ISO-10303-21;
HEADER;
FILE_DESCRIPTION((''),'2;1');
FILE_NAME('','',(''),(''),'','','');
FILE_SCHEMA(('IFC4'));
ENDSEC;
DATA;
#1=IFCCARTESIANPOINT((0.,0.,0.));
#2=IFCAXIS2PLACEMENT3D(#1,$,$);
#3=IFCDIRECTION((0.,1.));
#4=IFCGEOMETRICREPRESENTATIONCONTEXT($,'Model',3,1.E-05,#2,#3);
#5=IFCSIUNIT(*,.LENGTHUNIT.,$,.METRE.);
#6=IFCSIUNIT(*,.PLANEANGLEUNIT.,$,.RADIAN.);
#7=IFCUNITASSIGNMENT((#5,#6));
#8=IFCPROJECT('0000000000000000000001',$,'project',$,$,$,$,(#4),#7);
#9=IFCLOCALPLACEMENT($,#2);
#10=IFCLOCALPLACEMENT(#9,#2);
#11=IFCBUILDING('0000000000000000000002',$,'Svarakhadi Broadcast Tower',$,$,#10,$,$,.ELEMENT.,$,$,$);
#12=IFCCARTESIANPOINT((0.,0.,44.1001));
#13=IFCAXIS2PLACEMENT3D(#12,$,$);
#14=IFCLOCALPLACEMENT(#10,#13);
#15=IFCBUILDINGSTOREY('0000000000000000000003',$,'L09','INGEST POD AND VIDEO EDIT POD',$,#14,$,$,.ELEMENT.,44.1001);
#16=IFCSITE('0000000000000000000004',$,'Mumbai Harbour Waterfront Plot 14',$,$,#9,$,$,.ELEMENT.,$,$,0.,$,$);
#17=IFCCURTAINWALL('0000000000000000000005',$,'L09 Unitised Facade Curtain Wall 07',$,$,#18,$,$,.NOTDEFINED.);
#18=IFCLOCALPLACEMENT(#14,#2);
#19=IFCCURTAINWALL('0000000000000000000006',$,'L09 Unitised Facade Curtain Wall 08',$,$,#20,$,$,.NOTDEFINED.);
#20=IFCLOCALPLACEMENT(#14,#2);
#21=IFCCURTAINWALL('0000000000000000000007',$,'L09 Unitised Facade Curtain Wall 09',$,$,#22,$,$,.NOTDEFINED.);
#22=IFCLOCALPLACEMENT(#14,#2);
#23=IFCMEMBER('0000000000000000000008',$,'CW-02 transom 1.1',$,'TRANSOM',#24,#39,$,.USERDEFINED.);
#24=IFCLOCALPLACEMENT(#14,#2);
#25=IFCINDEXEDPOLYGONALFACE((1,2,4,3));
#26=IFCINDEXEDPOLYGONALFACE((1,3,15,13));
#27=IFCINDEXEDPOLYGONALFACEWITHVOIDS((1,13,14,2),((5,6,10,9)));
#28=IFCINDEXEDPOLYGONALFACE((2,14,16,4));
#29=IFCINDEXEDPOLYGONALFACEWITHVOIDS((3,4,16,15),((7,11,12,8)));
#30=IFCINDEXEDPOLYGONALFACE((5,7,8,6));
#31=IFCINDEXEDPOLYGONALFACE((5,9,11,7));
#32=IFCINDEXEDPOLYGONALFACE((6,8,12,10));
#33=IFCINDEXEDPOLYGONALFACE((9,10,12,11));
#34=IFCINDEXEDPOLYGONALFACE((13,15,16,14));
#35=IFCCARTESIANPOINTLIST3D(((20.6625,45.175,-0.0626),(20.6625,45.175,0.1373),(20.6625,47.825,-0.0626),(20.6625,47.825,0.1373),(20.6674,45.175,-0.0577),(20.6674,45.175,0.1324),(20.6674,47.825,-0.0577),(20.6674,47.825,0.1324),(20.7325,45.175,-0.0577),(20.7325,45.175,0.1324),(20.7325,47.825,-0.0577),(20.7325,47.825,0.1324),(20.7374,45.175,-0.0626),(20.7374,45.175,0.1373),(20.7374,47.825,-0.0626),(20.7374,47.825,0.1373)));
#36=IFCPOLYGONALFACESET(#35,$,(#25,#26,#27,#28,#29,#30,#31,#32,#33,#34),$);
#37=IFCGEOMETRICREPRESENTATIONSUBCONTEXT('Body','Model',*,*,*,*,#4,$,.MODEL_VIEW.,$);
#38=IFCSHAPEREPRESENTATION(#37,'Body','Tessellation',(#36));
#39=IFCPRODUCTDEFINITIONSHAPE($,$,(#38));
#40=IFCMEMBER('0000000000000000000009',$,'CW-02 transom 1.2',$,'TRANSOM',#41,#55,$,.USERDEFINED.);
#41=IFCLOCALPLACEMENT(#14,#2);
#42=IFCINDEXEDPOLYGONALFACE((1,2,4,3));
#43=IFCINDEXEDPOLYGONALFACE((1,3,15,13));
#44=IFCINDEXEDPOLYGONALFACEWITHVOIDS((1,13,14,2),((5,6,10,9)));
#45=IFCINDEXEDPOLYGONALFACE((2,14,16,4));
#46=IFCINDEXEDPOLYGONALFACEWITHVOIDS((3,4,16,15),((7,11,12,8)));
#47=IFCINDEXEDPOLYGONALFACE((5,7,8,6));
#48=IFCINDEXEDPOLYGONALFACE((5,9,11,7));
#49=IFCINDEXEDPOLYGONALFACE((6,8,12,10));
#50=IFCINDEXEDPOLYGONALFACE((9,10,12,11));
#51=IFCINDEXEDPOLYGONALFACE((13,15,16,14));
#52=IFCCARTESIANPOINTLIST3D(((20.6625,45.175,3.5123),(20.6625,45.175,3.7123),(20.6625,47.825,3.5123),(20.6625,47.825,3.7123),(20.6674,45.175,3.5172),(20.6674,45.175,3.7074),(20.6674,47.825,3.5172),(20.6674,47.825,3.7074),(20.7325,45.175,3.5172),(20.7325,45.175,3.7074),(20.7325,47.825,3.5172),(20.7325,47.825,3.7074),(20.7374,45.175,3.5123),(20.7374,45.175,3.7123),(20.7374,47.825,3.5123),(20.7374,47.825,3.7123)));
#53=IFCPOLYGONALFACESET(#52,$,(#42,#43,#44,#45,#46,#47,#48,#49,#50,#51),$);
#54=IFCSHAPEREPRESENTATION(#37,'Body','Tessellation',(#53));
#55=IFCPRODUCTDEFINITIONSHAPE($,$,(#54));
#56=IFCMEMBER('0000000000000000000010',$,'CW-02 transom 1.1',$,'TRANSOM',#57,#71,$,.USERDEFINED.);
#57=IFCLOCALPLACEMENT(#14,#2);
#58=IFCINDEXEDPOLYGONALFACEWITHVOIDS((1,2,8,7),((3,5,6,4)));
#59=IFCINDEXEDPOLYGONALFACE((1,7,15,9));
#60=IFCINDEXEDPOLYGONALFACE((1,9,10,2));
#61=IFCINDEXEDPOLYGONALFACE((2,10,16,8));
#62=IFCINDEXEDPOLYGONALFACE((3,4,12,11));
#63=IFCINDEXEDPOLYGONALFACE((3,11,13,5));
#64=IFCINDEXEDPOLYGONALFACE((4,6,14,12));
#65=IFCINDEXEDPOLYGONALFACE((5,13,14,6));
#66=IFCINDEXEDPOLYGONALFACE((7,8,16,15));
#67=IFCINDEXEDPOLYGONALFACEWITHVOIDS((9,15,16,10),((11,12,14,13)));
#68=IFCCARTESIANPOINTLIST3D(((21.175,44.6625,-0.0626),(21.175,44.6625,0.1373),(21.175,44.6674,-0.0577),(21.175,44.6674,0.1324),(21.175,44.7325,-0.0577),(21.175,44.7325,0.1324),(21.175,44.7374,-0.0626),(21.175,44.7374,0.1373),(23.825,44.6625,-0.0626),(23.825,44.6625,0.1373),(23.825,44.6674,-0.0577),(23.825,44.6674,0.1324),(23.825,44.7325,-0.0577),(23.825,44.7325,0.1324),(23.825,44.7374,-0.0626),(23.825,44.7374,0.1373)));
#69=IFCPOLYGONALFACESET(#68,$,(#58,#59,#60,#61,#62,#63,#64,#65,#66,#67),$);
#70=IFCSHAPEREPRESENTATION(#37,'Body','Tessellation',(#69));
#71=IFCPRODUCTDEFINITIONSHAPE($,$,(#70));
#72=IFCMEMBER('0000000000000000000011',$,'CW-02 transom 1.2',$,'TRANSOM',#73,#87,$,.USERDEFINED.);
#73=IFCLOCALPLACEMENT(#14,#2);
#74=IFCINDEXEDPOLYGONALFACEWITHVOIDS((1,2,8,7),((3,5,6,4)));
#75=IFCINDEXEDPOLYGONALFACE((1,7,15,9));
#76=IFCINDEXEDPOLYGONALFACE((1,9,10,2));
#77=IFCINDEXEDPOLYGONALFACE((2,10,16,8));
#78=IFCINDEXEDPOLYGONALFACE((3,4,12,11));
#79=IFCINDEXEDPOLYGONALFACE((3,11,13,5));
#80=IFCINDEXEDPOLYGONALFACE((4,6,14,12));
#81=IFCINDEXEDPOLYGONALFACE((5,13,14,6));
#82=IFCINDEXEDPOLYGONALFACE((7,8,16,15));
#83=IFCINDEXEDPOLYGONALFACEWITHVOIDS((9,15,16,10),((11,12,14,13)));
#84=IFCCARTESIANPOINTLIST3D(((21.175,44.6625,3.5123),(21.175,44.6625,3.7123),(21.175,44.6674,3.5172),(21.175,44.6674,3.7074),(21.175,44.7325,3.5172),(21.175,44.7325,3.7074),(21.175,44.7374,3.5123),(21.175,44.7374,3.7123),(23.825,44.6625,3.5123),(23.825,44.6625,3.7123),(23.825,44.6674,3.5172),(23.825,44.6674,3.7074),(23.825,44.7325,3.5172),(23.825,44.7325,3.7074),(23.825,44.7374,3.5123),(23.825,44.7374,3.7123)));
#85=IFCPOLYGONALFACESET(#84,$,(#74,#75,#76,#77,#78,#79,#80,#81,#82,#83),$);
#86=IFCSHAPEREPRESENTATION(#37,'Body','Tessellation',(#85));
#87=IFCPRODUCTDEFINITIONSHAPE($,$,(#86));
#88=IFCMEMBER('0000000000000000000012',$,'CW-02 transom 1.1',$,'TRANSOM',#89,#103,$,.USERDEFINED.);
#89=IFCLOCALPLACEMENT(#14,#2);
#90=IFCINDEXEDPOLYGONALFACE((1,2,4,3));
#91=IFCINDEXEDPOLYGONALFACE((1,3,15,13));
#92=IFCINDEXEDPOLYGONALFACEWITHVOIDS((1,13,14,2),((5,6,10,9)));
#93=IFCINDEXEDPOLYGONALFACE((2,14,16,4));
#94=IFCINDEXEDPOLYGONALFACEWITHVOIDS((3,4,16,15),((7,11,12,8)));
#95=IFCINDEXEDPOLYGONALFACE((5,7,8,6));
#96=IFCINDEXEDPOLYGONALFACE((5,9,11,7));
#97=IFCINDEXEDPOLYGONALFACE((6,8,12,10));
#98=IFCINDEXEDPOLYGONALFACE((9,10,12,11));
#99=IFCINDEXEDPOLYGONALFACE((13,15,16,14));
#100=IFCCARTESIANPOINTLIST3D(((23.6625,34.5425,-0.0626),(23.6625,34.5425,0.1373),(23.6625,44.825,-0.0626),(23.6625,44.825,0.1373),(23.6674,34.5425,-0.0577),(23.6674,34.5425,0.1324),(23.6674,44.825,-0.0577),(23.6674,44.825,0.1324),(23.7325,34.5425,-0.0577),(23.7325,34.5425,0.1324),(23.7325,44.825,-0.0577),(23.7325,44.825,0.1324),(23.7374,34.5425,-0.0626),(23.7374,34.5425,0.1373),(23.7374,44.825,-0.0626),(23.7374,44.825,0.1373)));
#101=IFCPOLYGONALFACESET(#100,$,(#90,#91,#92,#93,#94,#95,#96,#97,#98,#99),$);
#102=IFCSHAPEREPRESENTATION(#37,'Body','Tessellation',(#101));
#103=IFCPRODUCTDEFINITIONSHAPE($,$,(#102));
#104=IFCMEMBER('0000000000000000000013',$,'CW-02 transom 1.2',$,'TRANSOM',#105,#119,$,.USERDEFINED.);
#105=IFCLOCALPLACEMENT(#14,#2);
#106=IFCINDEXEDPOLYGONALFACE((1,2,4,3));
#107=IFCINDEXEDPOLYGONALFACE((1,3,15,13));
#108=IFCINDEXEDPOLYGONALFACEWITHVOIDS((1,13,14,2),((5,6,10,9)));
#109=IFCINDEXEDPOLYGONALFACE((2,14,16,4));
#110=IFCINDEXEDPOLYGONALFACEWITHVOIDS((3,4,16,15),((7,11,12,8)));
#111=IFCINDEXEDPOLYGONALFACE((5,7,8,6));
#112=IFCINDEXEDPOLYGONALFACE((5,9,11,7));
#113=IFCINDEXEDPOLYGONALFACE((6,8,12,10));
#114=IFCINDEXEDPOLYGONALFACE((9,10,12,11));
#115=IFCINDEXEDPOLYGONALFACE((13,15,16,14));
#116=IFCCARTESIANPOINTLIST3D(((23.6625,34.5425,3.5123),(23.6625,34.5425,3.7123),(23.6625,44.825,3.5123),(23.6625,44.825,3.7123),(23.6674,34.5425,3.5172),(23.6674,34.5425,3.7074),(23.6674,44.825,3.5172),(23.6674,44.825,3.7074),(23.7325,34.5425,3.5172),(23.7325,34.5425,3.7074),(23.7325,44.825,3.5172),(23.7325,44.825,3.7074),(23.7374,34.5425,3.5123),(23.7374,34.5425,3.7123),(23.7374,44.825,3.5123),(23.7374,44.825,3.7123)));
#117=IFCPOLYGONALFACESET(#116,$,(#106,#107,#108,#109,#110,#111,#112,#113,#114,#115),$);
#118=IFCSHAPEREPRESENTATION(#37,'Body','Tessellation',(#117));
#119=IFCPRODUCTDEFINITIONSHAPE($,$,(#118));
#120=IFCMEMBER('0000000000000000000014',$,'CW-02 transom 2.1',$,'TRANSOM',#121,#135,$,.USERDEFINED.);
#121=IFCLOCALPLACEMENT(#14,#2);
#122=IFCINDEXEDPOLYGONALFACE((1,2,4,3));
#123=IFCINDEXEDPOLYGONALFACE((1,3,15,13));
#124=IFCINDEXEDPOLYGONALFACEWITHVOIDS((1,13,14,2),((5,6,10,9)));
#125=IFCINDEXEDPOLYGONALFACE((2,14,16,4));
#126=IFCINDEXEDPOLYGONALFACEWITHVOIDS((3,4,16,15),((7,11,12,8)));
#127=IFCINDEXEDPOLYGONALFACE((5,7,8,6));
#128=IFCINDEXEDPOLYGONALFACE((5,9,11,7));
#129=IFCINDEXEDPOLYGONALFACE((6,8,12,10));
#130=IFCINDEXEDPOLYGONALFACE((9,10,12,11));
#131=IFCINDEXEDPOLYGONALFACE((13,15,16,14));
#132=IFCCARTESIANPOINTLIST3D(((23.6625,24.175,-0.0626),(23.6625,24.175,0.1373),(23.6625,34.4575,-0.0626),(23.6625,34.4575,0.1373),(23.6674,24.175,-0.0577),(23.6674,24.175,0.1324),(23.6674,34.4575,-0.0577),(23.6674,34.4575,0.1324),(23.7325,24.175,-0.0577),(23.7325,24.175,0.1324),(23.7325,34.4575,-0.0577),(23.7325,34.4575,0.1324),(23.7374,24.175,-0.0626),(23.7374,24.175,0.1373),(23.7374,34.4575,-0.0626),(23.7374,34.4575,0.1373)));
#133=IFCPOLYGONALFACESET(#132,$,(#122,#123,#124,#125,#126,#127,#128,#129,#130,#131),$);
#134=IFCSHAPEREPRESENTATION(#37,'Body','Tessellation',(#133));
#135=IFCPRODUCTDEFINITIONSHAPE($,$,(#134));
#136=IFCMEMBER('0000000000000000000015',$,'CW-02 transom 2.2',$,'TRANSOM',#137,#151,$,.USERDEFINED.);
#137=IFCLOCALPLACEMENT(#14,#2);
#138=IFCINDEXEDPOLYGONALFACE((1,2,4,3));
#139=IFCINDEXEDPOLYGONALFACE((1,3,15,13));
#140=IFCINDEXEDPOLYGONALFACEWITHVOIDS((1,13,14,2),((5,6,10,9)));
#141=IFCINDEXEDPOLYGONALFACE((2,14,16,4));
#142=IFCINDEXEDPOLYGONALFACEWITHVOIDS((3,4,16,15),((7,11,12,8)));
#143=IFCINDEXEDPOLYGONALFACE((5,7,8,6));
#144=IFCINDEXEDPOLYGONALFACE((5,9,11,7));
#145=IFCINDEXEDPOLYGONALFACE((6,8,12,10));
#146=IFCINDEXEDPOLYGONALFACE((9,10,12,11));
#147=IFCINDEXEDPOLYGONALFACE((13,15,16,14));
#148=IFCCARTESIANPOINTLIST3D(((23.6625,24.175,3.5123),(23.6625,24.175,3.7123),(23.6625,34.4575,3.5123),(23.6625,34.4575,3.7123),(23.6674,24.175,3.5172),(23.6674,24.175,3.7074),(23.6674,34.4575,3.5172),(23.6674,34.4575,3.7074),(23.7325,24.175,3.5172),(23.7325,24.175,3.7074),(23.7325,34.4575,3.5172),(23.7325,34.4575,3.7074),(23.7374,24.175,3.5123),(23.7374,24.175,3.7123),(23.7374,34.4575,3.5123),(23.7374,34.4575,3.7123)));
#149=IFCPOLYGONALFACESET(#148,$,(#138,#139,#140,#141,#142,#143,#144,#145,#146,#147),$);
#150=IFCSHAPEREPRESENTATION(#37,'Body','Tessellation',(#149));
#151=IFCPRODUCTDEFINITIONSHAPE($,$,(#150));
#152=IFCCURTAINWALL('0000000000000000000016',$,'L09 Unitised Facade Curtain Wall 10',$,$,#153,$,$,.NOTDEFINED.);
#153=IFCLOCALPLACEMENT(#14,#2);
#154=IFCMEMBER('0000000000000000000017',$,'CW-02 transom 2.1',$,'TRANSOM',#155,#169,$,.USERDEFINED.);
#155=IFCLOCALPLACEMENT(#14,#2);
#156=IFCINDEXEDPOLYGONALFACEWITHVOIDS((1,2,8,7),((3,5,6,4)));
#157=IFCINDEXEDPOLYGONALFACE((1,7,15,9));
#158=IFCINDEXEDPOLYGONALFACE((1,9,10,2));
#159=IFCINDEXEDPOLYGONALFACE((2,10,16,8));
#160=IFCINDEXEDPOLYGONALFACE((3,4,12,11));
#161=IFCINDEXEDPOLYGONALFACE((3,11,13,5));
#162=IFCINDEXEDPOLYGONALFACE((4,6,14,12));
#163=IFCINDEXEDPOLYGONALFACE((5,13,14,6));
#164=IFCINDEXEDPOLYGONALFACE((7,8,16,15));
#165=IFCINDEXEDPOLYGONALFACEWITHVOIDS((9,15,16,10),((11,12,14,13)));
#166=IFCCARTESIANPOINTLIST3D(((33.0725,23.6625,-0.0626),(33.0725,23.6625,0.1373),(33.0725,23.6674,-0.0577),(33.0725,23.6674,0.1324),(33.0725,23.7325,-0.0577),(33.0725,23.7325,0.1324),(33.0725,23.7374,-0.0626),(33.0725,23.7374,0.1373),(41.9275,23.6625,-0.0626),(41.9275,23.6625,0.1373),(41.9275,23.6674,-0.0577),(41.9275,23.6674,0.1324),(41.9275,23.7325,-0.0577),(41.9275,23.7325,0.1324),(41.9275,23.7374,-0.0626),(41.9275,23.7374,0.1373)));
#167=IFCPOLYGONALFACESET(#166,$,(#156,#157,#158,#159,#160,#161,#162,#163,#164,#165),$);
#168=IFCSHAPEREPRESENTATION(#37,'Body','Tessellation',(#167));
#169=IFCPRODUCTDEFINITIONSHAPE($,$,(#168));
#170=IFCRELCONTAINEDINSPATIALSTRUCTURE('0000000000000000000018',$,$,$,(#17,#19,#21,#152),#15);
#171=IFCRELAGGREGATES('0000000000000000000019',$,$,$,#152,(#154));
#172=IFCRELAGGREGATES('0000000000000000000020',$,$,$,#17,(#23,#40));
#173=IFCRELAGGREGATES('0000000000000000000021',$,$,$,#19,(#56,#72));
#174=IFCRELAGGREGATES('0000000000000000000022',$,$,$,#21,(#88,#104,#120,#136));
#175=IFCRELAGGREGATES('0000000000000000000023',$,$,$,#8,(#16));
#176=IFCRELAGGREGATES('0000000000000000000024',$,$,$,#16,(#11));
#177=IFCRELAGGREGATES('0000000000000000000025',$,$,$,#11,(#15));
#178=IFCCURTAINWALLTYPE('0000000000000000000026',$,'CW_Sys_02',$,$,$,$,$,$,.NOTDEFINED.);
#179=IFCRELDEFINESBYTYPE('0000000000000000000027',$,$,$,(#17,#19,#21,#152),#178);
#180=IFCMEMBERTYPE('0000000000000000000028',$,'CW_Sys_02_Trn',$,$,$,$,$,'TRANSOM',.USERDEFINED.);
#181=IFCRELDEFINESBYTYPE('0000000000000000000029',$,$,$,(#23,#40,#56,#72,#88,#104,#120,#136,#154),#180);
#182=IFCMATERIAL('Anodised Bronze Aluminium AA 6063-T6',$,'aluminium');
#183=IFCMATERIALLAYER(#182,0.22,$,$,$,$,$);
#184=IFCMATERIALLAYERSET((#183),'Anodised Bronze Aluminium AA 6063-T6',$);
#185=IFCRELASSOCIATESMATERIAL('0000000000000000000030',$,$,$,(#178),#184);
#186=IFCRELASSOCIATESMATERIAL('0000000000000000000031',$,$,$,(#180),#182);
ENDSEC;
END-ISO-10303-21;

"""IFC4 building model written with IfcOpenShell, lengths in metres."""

from ifc_helpers import new_model, si_unit, direction, frame, origin, origin_2d, place, context, subcontext, project, spatial, hollow_rectangle, extrude, material, layer, layer_set, material_profile, profile_set, type_object, element, aggregate, save


model = new_model("IFC4")

# Units and contexts
model_context = context("Model", 3, precision=1e-05, world=origin(), true_north=direction((0.0, 1.0)))
body_context = subcontext(model_context, "Body", "Model", "MODEL_VIEW")
ifc_project = project(units=[si_unit("LENGTHUNIT", "METRE"), si_unit("PLANEANGLEUNIT", "RADIAN")], contexts=[model_context])

# Site, building, storey
site_placement = place(None, origin())
site = spatial("IfcSite", under=ifc_project, at=site_placement, Name="Mumbai Harbour Waterfront Plot 14", CompositionType="ELEMENT", RefElevation=0.0)
building_placement = place(site_placement, origin())
building = spatial("IfcBuilding", under=site, at=building_placement, Name="Svarakhadi Broadcast Tower", CompositionType="ELEMENT")
storey_placement = place(building_placement, frame((0.0, 0.0, 44.1001)))
storey = spatial("IfcBuildingStorey", under=building, at=storey_placement, Name="L09", Description="INGEST POD AND VIDEO EDIT POD", CompositionType="ELEMENT", Elevation=44.1001)

# Curtain walls
ifc_material_1 = material(Name="Anodised Bronze Aluminium AA 6063-T6", Category="aluminium")
ifc_layer_1 = layer(ifc_material_1, 0.22)
ifc_layer_set_1 = layer_set([ifc_layer_1], Name="Anodised Bronze Aluminium AA 6063-T6")
curtain_wall_type = type_object("IfcCurtainWallType", Name="CW_Sys_02", PredefinedType="NOTDEFINED", material=ifc_layer_set_1)
curtain_wall_1_placement = place(storey_placement, origin())
curtain_wall_1 = element("IfcCurtainWall", 1, at=curtain_wall_1_placement, inside=storey, type_object=curtain_wall_type, Name="L09 Unitised Facade Curtain Wall 07", PredefinedType="NOTDEFINED")
curtain_wall_2_placement = place(storey_placement, origin())
curtain_wall_2 = element("IfcCurtainWall", 2, at=curtain_wall_2_placement, inside=storey, type_object=curtain_wall_type, Name="L09 Unitised Facade Curtain Wall 08", PredefinedType="NOTDEFINED")
curtain_wall_3_placement = place(storey_placement, origin())
curtain_wall_3 = element("IfcCurtainWall", 3, at=curtain_wall_3_placement, inside=storey, type_object=curtain_wall_type, Name="L09 Unitised Facade Curtain Wall 09", PredefinedType="NOTDEFINED")

# Members
ifc_material_profile_1 = material_profile(ifc_material_1, hollow_rectangle(XDim=0.075, YDim=0.2, WallThickness=0.0049, at=origin_2d()), Name="ALU TRANSOM 200x75x5")
ifc_profile_set_1 = profile_set([ifc_material_profile_1], Name="Anodised Bronze Aluminium AA 6063-T6")
member_type_1 = type_object("IfcMemberType", Name="CW_Sys_02_Trn", ElementType="TRANSOM", PredefinedType="USERDEFINED", material=ifc_profile_set_1)
member_1_placement = place(storey_placement, frame((20.7, 47.825, 0.0374), z_axis=(0.0, -1.0, 0.0), x_axis=(1.0, 0.0, 0.0)))
member_1 = element("IfcMember", 4, at=member_1_placement, type_object=member_type_1, Name="CW-02 transom 1.1", ObjectType="TRANSOM", PredefinedType="USERDEFINED", context=body_context, shape_type="SweptSolid", body=[
    extrude(hollow_rectangle(XDim=0.075, YDim=0.2, WallThickness=0.0049, at=origin_2d()), origin(), (0.0, 0.0, 1.0), 2.6499),
])
member_2_placement = place(storey_placement, frame((20.7, 47.825, 3.6123), z_axis=(0.0, -1.0, 0.0), x_axis=(1.0, 0.0, 0.0)))
member_2 = element("IfcMember", 5, at=member_2_placement, type_object=member_type_1, Name="CW-02 transom 1.2", ObjectType="TRANSOM", PredefinedType="USERDEFINED", context=body_context, shape_type="SweptSolid", body=[
    extrude(hollow_rectangle(XDim=0.075, YDim=0.2, WallThickness=0.0049, at=origin_2d()), origin(), (0.0, 0.0, 1.0), 2.6499),
])
member_3_placement = place(storey_placement, frame((21.175, 44.7, 0.0374), z_axis=(1.0, 0.0, 0.0), x_axis=(0.0, 1.0, 0.0)))
member_3 = element("IfcMember", 6, at=member_3_placement, type_object=member_type_1, Name="CW-02 transom 1.1", ObjectType="TRANSOM", PredefinedType="USERDEFINED", context=body_context, shape_type="SweptSolid", body=[
    extrude(hollow_rectangle(XDim=0.075, YDim=0.2, WallThickness=0.0049, at=origin_2d()), origin(), (0.0, 0.0, 1.0), 2.6499),
])
member_4_placement = place(storey_placement, frame((21.175, 44.7, 3.6123), z_axis=(1.0, 0.0, 0.0), x_axis=(0.0, 1.0, 0.0)))
member_4 = element("IfcMember", 7, at=member_4_placement, type_object=member_type_1, Name="CW-02 transom 1.2", ObjectType="TRANSOM", PredefinedType="USERDEFINED", context=body_context, shape_type="SweptSolid", body=[
    extrude(hollow_rectangle(XDim=0.075, YDim=0.2, WallThickness=0.0049, at=origin_2d()), origin(), (0.0, 0.0, 1.0), 2.6499),
])
member_5_placement = place(storey_placement, frame((23.7, 44.825, 0.0374), z_axis=(0.0, -1.0, 0.0), x_axis=(1.0, 0.0, 0.0)))
member_5 = element("IfcMember", 8, at=member_5_placement, type_object=member_type_1, Name="CW-02 transom 1.1", ObjectType="TRANSOM", PredefinedType="USERDEFINED", context=body_context, shape_type="SweptSolid", body=[
    extrude(hollow_rectangle(XDim=0.075, YDim=0.2, WallThickness=0.0049, at=origin_2d()), origin(), (0.0, 0.0, 1.0), 10.2825),
])
member_6_placement = place(storey_placement, frame((23.7, 44.825, 3.6123), z_axis=(0.0, -1.0, 0.0), x_axis=(1.0, 0.0, 0.0)))
member_6 = element("IfcMember", 9, at=member_6_placement, type_object=member_type_1, Name="CW-02 transom 1.2", ObjectType="TRANSOM", PredefinedType="USERDEFINED", context=body_context, shape_type="SweptSolid", body=[
    extrude(hollow_rectangle(XDim=0.075, YDim=0.2, WallThickness=0.0049, at=origin_2d()), origin(), (0.0, 0.0, 1.0), 10.2825),
])
member_7_placement = place(storey_placement, frame((23.7, 34.4575, 0.0374), z_axis=(0.0, -1.0, 0.0), x_axis=(1.0, 0.0, 0.0)))
member_7 = element("IfcMember", 10, at=member_7_placement, type_object=member_type_1, Name="CW-02 transom 2.1", ObjectType="TRANSOM", PredefinedType="USERDEFINED", context=body_context, shape_type="SweptSolid", body=[
    extrude(hollow_rectangle(XDim=0.075, YDim=0.2, WallThickness=0.0049, at=origin_2d()), origin(), (0.0, 0.0, 1.0), 10.2825),
])
member_8_placement = place(storey_placement, frame((23.7, 34.4575, 3.6123), z_axis=(0.0, -1.0, 0.0), x_axis=(1.0, 0.0, 0.0)))
member_8 = element("IfcMember", 11, at=member_8_placement, type_object=member_type_1, Name="CW-02 transom 2.2", ObjectType="TRANSOM", PredefinedType="USERDEFINED", context=body_context, shape_type="SweptSolid", body=[
    extrude(hollow_rectangle(XDim=0.075, YDim=0.2, WallThickness=0.0049, at=origin_2d()), origin(), (0.0, 0.0, 1.0), 10.2825),
])

# Curtain wall, member
curtain_wall_4_placement = place(storey_placement, origin())
curtain_wall_4 = element("IfcCurtainWall", 12, at=curtain_wall_4_placement, inside=storey, type_object=curtain_wall_type, Name="L09 Unitised Facade Curtain Wall 10", PredefinedType="NOTDEFINED")
member_9_placement = place(storey_placement, frame((33.0725, 23.7, 0.0374), z_axis=(1.0, 0.0, 0.0), x_axis=(0.0, 1.0, 0.0)))
member_9 = element("IfcMember", 13, at=member_9_placement, type_object=member_type_1, Name="CW-02 transom 2.1", ObjectType="TRANSOM", PredefinedType="USERDEFINED", context=body_context, shape_type="SweptSolid", body=[
    extrude(hollow_rectangle(XDim=0.075, YDim=0.2, WallThickness=0.0049, at=origin_2d()), origin(), (0.0, 0.0, 1.0), 8.855),
])
aggregate(curtain_wall_4, [member_9])

aggregate(curtain_wall_1, [member_1, member_2])
aggregate(curtain_wall_2, [member_3, member_4])
aggregate(curtain_wall_3, [member_5, member_6, member_7, member_8])

save(model, "model.ifc")
